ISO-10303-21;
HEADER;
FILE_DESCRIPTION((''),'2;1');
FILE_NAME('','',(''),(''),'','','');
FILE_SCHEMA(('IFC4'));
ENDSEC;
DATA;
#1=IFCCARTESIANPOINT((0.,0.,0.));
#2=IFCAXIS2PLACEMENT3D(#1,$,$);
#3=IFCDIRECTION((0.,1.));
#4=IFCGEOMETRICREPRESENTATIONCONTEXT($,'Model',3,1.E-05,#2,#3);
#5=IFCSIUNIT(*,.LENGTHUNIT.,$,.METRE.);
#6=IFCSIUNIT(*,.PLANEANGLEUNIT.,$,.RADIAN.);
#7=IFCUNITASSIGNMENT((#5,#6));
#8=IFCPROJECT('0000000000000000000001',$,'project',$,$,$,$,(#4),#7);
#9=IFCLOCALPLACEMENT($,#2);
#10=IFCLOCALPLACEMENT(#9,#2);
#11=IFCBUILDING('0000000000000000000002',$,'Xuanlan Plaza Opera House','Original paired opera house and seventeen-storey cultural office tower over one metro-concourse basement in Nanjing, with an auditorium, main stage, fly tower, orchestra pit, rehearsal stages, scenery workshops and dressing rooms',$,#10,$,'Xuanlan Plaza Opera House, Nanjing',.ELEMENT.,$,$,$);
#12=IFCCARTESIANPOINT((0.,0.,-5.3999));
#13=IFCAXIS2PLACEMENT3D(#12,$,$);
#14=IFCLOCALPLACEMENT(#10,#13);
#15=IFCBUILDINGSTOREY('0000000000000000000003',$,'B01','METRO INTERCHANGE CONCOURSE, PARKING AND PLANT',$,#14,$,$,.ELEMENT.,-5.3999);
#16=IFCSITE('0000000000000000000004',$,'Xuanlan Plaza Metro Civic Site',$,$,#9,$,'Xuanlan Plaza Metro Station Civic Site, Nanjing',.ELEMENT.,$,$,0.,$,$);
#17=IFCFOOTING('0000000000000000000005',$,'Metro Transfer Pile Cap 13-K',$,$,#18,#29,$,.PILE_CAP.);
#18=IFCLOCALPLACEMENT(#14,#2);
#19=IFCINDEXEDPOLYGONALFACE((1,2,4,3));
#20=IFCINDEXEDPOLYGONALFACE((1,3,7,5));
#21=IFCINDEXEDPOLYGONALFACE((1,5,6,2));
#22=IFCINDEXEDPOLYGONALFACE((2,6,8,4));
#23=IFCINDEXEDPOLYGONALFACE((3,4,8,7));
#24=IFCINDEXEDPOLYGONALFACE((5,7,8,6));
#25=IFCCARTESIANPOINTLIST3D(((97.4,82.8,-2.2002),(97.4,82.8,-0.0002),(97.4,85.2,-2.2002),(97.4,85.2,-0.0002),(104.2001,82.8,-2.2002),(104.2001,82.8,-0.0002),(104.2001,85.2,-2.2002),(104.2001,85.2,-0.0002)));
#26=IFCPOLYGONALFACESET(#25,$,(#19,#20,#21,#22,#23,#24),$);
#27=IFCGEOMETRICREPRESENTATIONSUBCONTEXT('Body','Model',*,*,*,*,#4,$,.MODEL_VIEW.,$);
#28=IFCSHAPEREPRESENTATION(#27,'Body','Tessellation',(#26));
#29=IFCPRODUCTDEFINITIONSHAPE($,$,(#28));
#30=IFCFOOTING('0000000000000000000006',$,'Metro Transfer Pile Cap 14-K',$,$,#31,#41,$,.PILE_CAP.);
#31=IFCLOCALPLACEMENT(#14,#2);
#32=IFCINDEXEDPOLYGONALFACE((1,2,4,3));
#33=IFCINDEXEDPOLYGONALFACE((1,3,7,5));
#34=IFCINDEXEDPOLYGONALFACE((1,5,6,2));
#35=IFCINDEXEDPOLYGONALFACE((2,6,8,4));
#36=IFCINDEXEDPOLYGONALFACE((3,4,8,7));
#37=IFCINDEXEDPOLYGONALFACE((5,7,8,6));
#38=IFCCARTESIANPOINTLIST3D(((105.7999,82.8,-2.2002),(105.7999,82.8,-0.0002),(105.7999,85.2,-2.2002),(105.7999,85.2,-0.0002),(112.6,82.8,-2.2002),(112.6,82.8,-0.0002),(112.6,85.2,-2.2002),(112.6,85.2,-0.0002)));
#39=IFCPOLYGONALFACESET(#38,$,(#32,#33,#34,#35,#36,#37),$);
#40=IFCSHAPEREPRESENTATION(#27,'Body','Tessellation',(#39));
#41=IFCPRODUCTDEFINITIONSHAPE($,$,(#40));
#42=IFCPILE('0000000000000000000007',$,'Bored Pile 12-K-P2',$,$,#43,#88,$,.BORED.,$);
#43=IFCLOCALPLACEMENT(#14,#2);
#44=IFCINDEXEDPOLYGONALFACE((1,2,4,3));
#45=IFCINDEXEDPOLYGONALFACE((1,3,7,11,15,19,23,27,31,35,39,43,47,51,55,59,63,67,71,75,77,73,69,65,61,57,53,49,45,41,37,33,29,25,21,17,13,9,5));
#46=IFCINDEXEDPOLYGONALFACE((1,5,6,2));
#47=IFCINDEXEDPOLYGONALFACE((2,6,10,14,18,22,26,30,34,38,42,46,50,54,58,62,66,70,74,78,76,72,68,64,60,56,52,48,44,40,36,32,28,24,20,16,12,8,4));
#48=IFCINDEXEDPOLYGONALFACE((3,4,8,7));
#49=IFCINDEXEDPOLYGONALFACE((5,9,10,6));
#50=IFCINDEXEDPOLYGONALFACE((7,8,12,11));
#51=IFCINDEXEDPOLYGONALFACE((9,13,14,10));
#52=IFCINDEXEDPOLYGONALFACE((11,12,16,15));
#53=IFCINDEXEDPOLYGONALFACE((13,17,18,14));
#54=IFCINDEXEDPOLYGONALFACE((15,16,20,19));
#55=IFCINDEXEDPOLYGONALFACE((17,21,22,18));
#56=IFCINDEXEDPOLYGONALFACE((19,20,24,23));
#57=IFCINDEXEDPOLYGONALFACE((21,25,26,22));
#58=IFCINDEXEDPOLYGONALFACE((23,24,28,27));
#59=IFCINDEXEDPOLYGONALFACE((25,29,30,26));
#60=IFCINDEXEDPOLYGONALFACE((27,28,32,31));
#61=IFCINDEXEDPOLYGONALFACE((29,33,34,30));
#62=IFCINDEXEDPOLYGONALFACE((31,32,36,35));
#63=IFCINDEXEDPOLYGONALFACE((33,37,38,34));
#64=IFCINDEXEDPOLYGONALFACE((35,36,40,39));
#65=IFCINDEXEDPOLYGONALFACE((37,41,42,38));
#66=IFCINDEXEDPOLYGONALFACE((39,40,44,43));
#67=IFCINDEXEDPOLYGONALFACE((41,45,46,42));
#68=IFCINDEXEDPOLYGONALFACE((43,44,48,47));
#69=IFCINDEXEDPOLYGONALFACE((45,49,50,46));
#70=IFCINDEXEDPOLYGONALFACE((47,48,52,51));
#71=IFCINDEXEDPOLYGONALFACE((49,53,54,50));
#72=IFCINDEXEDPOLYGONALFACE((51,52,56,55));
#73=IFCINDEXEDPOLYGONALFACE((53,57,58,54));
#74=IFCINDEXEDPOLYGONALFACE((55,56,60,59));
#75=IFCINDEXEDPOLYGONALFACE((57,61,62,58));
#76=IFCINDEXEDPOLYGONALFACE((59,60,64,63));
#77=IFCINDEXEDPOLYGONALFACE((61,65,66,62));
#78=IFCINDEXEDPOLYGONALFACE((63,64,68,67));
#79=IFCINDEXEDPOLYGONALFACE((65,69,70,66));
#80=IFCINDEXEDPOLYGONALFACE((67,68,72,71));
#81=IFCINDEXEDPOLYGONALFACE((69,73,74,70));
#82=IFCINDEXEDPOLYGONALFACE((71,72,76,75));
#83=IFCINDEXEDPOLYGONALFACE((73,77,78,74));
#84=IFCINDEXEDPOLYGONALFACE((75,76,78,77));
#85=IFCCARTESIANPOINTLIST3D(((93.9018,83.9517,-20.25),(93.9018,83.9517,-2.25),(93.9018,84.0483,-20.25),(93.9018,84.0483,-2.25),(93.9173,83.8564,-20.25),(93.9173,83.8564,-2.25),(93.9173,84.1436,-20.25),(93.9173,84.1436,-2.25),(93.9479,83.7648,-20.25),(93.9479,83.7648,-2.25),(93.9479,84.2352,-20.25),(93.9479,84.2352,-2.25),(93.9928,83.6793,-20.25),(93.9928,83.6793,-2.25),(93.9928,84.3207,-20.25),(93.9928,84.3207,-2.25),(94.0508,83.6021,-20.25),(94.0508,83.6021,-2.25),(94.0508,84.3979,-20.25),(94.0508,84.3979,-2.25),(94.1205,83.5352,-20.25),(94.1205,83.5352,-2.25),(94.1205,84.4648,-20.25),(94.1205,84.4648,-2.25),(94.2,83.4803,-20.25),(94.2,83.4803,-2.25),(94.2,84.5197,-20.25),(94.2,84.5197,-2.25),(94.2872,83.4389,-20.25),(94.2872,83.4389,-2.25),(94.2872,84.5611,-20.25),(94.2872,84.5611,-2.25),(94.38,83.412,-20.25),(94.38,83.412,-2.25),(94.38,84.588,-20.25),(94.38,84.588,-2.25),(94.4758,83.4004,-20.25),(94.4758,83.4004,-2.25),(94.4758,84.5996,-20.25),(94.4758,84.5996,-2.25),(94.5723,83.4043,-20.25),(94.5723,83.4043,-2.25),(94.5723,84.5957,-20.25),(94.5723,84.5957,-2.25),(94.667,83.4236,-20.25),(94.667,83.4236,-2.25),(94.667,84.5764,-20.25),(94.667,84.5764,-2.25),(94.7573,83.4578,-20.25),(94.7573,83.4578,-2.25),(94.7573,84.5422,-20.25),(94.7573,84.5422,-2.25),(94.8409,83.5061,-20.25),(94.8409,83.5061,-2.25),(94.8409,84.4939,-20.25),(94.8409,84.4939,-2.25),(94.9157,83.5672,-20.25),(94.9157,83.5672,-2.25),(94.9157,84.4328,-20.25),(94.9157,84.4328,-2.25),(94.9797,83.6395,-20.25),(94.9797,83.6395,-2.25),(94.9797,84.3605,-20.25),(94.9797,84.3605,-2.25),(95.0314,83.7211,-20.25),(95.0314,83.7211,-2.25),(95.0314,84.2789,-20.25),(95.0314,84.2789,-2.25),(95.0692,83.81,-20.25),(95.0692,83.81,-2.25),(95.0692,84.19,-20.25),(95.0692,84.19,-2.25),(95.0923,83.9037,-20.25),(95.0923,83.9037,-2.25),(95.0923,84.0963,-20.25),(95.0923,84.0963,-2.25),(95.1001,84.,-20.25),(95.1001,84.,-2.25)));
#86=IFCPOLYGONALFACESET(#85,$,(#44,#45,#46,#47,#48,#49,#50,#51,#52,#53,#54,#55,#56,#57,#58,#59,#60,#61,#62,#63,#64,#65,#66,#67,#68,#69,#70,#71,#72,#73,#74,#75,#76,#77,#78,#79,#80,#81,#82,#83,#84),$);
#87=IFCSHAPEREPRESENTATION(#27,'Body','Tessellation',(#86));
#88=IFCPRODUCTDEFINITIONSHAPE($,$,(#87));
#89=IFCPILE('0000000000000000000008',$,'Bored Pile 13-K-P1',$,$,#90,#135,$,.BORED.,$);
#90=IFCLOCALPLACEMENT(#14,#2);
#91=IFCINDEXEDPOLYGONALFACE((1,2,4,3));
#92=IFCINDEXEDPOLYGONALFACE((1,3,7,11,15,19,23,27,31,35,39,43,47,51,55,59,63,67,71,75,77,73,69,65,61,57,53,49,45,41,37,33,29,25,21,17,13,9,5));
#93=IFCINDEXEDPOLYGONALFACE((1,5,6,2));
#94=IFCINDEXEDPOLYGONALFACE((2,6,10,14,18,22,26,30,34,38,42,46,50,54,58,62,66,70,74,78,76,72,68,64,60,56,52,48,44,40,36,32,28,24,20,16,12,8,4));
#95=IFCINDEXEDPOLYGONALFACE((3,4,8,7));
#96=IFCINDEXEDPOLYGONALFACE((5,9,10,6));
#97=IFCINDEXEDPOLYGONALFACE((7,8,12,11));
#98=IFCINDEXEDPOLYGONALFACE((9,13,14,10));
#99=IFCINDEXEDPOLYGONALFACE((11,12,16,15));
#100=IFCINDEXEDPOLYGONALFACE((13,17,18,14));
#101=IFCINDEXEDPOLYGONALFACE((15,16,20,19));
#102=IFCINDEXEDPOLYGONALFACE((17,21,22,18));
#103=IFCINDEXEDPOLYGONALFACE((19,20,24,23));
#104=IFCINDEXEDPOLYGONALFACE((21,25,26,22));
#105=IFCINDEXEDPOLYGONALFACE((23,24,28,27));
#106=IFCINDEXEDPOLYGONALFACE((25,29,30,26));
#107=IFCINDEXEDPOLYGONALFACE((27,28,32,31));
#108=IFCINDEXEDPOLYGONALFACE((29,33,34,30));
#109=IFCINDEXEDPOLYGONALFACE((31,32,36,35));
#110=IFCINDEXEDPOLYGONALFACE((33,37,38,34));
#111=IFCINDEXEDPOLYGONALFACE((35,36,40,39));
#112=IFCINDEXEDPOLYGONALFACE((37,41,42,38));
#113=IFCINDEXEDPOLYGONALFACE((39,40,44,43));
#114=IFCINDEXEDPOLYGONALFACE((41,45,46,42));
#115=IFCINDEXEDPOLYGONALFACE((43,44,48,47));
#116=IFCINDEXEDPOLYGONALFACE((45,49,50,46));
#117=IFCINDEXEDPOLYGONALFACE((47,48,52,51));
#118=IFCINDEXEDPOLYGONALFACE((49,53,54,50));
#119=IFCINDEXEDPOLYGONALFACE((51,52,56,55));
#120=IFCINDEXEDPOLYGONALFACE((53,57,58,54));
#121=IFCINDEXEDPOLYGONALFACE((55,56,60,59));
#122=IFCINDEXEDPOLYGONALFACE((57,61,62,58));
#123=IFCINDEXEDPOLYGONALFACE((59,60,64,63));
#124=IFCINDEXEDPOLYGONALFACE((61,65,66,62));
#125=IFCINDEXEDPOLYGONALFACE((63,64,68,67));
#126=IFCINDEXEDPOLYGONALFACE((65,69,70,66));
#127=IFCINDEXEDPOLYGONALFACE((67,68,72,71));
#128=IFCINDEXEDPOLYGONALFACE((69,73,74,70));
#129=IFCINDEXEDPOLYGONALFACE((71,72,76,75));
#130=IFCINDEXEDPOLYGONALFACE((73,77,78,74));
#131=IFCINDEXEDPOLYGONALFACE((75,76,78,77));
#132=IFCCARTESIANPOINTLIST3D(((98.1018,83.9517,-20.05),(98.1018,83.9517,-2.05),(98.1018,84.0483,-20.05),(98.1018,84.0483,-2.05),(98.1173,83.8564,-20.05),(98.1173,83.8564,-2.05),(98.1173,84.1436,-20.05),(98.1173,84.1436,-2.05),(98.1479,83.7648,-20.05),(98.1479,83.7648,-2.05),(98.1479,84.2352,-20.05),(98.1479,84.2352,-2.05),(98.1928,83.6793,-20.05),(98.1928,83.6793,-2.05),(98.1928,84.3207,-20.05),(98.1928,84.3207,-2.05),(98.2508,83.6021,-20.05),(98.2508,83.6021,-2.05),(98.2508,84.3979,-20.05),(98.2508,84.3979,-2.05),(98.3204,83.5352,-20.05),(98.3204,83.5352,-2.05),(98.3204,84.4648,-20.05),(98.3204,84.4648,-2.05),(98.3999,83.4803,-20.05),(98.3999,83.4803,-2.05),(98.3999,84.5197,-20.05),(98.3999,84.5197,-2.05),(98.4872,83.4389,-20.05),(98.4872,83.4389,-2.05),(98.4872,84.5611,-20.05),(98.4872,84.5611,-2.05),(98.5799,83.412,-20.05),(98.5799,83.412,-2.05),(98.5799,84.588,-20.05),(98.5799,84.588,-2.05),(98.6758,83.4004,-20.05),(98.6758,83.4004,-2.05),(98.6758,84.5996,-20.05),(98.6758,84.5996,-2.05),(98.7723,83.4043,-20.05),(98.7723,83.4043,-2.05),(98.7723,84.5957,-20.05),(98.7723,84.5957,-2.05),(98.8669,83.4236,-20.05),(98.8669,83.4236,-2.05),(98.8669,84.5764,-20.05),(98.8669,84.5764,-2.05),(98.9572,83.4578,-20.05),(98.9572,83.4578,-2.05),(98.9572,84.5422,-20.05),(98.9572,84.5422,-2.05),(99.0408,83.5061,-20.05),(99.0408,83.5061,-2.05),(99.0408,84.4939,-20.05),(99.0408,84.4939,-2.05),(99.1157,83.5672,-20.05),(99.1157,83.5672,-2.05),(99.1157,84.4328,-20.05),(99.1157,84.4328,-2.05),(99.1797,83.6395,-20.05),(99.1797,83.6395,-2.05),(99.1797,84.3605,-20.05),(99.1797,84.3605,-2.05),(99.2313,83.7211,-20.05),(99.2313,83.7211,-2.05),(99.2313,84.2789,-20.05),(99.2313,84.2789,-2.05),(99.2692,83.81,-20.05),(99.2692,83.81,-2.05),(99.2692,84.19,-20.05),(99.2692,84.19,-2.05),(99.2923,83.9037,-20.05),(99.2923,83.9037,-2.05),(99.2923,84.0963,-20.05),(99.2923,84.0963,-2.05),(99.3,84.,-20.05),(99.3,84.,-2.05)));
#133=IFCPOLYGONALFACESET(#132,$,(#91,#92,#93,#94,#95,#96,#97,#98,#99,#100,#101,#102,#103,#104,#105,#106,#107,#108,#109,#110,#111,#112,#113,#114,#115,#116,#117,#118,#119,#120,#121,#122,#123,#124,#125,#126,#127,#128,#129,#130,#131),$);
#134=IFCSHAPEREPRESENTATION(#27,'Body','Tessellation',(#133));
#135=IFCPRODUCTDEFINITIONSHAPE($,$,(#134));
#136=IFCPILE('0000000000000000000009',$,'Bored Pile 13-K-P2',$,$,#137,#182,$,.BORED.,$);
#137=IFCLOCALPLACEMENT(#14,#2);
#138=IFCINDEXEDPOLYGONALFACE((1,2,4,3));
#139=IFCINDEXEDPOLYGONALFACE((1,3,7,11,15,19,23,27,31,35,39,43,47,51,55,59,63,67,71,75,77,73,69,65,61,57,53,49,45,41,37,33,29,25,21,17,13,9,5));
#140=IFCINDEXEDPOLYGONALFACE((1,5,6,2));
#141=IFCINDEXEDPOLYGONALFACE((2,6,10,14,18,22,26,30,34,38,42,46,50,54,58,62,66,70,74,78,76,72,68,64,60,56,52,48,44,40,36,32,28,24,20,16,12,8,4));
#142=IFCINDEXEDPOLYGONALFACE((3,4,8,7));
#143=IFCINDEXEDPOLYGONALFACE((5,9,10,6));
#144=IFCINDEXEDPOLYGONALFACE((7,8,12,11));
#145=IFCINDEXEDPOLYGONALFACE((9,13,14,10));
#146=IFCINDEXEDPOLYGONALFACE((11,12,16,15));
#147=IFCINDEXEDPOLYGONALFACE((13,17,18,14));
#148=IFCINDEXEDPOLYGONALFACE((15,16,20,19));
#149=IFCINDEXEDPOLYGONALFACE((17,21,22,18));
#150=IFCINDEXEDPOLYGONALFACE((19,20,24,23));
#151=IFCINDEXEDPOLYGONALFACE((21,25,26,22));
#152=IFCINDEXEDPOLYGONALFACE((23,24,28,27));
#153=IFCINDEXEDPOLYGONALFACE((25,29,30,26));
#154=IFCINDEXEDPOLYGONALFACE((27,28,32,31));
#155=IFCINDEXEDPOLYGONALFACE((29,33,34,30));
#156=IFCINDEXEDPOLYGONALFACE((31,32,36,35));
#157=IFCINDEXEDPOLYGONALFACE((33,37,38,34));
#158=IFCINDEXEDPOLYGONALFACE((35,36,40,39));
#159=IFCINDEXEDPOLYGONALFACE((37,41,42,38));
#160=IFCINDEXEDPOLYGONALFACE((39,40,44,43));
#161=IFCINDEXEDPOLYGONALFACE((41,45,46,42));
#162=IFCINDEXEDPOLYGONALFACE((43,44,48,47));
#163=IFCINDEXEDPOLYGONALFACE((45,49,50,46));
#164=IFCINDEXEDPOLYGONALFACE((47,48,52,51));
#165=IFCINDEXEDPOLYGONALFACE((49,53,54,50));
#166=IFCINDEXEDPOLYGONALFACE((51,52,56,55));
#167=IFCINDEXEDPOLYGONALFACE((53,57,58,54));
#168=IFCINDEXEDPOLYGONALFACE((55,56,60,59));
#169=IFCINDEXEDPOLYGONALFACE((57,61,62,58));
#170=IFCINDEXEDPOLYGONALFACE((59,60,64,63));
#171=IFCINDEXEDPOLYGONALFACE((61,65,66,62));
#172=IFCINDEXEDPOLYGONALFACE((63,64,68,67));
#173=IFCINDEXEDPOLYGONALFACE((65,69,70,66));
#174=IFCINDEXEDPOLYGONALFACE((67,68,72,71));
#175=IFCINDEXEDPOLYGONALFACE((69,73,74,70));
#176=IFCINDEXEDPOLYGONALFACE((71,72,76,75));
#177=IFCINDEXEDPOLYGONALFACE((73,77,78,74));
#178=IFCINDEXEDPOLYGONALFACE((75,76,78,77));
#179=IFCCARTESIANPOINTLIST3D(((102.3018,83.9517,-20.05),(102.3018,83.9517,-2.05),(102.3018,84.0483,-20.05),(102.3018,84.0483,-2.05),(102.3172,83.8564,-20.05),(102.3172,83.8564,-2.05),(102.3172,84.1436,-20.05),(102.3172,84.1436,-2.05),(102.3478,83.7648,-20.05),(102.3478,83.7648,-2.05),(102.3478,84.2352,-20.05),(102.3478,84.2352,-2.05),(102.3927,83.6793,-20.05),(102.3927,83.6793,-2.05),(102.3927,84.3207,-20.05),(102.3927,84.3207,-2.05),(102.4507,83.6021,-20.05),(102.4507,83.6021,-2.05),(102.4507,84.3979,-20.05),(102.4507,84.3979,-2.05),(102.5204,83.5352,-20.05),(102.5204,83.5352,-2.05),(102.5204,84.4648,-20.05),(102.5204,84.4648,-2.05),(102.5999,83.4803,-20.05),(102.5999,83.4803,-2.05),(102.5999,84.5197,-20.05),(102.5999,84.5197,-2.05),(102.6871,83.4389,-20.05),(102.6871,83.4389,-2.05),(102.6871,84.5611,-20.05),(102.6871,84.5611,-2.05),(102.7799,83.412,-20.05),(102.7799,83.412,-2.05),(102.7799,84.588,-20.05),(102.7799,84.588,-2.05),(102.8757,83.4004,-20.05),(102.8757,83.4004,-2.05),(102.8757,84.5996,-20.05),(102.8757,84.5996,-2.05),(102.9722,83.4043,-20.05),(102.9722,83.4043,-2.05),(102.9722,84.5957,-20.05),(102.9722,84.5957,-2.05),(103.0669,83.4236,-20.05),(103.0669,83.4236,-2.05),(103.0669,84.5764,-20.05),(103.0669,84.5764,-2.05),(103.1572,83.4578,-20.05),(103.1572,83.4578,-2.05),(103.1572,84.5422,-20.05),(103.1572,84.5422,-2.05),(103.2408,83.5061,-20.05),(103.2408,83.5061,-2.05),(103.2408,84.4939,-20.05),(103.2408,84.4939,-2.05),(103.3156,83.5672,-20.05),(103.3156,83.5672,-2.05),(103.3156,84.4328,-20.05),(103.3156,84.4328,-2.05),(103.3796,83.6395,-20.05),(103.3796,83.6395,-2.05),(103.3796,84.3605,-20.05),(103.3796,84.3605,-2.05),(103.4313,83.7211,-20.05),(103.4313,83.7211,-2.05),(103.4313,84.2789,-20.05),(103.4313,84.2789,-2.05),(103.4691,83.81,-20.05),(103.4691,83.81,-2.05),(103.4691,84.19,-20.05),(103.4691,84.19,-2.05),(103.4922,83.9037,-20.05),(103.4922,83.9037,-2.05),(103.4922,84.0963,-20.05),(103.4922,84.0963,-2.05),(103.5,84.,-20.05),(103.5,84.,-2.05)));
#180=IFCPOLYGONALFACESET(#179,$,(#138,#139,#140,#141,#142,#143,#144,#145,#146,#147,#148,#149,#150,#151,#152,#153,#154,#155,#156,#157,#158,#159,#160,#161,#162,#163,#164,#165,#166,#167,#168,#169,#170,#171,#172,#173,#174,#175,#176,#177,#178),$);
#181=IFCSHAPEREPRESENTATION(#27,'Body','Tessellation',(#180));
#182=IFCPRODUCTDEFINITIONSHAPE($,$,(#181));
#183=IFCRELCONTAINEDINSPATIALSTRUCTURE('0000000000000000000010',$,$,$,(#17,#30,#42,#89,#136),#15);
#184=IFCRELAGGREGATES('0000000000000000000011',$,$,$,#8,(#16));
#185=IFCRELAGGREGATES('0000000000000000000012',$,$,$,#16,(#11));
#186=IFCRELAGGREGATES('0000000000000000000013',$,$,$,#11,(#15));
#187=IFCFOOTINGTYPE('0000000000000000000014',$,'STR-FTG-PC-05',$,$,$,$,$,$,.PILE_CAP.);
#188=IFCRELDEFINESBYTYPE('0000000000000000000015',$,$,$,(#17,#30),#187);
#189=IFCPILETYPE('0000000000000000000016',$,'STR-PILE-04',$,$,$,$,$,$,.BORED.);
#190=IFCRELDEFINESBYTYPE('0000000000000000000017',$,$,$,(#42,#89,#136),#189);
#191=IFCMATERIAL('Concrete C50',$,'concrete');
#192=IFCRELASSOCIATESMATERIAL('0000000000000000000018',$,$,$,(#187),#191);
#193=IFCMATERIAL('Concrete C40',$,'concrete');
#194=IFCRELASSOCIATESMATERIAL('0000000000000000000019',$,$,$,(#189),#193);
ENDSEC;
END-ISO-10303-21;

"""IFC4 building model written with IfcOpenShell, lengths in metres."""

from ifc_helpers import new_model, si_unit, direction, frame, origin, origin_2d, place, context, subcontext, project, spatial, rectangle, circle, extrude, material, material_profile, profile_set, type_object, element, save


model = new_model("IFC4")

# Units and contexts
model_context = context("Model", 3, precision=1e-05, world=origin(), true_north=direction((0.0, 1.0)))
body_context = subcontext(model_context, "Body", "Model", "MODEL_VIEW")
ifc_project = project(units=[si_unit("LENGTHUNIT", "METRE"), si_unit("PLANEANGLEUNIT", "RADIAN")], contexts=[model_context])

# Site, building, storey
site_placement = place(None, origin())
site = spatial("IfcSite", under=ifc_project, at=site_placement, Name="Xuanlan Plaza Metro Civic Site", LongName="Xuanlan Plaza Metro Station Civic Site, Nanjing", CompositionType="ELEMENT", RefElevation=0.0)
building_placement = place(site_placement, origin())
building = spatial("IfcBuilding", under=site, at=building_placement, Name="Xuanlan Plaza Opera House", Description="Original paired opera house and seventeen-storey cultural office tower over one metro-concourse basement in Nanjing, with an auditorium, main stage, fly tower, orchestra pit, rehearsal stages, scenery workshops and dressing rooms", LongName="Xuanlan Plaza Opera House, Nanjing", CompositionType="ELEMENT")
storey_placement = place(building_placement, frame((0.0, 0.0, -5.3999)))
storey = spatial("IfcBuildingStorey", under=building, at=storey_placement, Name="B01", Description="METRO INTERCHANGE CONCOURSE, PARKING AND PLANT", CompositionType="ELEMENT", Elevation=-5.3999)

# Footings
ifc_material_1 = material(Name="Concrete C50", Category="concrete")
footing_type = type_object("IfcFootingType", Name="STR-FTG-PC-05", PredefinedType="PILE_CAP", material=ifc_material_1)
for number, where, z_axis, x_axis, name in (
    (1, (100.8, 84.0, -2.2002), (0.0, 0.0, 1.0), (1.0, 0.0, 0.0), "Metro Transfer Pile Cap 13-K"),
    (2, (109.2, 84.0, -2.2002), (0.0, 0.0, 1.0), (1.0, 0.0, 0.0), "Metro Transfer Pile Cap 14-K"),
):
    element("IfcFooting", number, at=place(storey_placement, frame(where, z_axis=z_axis, x_axis=x_axis)), inside=storey, type_object=footing_type, Name=name, PredefinedType="PILE_CAP", context=body_context, shape_type="SweptSolid", body=[
        extrude(rectangle(XDim=6.8, YDim=2.3999, at=origin_2d()), origin(), (0.0, 0.0, 1.0), 2.2),
    ])

# Piles
ifc_material_2 = material(Name="Concrete C40", Category="concrete")
ifc_material_profile_1 = material_profile(ifc_material_2, circle(Radius=0.6001, at=origin_2d()), Name="PILE D1200")
ifc_profile_set_1 = profile_set([ifc_material_profile_1], Name="Concrete C40")
pile_type = type_object("IfcPileType", Name="STR-PILE-04", PredefinedType="BORED", material=ifc_profile_set_1)
for number, where, z_axis, x_axis, name in (
    (3, (94.5, 84.0, -2.25), (0.0, 0.0, -1.0), (1.0, 0.0, 0.0), "Bored Pile 12-K-P2"),
    (4, (98.7, 84.0, -2.05), (0.0, 0.0, -1.0), (1.0, 0.0, 0.0), "Bored Pile 13-K-P1"),
    (5, (102.8999, 84.0, -2.05), (0.0, 0.0, -1.0), (1.0, 0.0, 0.0), "Bored Pile 13-K-P2"),
):
    element("IfcPile", number, at=place(storey_placement, frame(where, z_axis=z_axis, x_axis=x_axis)), inside=storey, type_object=pile_type, Name=name, PredefinedType="BORED", context=body_context, shape_type="SweptSolid", body=[
        extrude(circle(Radius=0.6001, at=origin_2d()), origin(), (0.0, 0.0, 1.0), 18.0),
    ])

save(model, "model.ifc")
